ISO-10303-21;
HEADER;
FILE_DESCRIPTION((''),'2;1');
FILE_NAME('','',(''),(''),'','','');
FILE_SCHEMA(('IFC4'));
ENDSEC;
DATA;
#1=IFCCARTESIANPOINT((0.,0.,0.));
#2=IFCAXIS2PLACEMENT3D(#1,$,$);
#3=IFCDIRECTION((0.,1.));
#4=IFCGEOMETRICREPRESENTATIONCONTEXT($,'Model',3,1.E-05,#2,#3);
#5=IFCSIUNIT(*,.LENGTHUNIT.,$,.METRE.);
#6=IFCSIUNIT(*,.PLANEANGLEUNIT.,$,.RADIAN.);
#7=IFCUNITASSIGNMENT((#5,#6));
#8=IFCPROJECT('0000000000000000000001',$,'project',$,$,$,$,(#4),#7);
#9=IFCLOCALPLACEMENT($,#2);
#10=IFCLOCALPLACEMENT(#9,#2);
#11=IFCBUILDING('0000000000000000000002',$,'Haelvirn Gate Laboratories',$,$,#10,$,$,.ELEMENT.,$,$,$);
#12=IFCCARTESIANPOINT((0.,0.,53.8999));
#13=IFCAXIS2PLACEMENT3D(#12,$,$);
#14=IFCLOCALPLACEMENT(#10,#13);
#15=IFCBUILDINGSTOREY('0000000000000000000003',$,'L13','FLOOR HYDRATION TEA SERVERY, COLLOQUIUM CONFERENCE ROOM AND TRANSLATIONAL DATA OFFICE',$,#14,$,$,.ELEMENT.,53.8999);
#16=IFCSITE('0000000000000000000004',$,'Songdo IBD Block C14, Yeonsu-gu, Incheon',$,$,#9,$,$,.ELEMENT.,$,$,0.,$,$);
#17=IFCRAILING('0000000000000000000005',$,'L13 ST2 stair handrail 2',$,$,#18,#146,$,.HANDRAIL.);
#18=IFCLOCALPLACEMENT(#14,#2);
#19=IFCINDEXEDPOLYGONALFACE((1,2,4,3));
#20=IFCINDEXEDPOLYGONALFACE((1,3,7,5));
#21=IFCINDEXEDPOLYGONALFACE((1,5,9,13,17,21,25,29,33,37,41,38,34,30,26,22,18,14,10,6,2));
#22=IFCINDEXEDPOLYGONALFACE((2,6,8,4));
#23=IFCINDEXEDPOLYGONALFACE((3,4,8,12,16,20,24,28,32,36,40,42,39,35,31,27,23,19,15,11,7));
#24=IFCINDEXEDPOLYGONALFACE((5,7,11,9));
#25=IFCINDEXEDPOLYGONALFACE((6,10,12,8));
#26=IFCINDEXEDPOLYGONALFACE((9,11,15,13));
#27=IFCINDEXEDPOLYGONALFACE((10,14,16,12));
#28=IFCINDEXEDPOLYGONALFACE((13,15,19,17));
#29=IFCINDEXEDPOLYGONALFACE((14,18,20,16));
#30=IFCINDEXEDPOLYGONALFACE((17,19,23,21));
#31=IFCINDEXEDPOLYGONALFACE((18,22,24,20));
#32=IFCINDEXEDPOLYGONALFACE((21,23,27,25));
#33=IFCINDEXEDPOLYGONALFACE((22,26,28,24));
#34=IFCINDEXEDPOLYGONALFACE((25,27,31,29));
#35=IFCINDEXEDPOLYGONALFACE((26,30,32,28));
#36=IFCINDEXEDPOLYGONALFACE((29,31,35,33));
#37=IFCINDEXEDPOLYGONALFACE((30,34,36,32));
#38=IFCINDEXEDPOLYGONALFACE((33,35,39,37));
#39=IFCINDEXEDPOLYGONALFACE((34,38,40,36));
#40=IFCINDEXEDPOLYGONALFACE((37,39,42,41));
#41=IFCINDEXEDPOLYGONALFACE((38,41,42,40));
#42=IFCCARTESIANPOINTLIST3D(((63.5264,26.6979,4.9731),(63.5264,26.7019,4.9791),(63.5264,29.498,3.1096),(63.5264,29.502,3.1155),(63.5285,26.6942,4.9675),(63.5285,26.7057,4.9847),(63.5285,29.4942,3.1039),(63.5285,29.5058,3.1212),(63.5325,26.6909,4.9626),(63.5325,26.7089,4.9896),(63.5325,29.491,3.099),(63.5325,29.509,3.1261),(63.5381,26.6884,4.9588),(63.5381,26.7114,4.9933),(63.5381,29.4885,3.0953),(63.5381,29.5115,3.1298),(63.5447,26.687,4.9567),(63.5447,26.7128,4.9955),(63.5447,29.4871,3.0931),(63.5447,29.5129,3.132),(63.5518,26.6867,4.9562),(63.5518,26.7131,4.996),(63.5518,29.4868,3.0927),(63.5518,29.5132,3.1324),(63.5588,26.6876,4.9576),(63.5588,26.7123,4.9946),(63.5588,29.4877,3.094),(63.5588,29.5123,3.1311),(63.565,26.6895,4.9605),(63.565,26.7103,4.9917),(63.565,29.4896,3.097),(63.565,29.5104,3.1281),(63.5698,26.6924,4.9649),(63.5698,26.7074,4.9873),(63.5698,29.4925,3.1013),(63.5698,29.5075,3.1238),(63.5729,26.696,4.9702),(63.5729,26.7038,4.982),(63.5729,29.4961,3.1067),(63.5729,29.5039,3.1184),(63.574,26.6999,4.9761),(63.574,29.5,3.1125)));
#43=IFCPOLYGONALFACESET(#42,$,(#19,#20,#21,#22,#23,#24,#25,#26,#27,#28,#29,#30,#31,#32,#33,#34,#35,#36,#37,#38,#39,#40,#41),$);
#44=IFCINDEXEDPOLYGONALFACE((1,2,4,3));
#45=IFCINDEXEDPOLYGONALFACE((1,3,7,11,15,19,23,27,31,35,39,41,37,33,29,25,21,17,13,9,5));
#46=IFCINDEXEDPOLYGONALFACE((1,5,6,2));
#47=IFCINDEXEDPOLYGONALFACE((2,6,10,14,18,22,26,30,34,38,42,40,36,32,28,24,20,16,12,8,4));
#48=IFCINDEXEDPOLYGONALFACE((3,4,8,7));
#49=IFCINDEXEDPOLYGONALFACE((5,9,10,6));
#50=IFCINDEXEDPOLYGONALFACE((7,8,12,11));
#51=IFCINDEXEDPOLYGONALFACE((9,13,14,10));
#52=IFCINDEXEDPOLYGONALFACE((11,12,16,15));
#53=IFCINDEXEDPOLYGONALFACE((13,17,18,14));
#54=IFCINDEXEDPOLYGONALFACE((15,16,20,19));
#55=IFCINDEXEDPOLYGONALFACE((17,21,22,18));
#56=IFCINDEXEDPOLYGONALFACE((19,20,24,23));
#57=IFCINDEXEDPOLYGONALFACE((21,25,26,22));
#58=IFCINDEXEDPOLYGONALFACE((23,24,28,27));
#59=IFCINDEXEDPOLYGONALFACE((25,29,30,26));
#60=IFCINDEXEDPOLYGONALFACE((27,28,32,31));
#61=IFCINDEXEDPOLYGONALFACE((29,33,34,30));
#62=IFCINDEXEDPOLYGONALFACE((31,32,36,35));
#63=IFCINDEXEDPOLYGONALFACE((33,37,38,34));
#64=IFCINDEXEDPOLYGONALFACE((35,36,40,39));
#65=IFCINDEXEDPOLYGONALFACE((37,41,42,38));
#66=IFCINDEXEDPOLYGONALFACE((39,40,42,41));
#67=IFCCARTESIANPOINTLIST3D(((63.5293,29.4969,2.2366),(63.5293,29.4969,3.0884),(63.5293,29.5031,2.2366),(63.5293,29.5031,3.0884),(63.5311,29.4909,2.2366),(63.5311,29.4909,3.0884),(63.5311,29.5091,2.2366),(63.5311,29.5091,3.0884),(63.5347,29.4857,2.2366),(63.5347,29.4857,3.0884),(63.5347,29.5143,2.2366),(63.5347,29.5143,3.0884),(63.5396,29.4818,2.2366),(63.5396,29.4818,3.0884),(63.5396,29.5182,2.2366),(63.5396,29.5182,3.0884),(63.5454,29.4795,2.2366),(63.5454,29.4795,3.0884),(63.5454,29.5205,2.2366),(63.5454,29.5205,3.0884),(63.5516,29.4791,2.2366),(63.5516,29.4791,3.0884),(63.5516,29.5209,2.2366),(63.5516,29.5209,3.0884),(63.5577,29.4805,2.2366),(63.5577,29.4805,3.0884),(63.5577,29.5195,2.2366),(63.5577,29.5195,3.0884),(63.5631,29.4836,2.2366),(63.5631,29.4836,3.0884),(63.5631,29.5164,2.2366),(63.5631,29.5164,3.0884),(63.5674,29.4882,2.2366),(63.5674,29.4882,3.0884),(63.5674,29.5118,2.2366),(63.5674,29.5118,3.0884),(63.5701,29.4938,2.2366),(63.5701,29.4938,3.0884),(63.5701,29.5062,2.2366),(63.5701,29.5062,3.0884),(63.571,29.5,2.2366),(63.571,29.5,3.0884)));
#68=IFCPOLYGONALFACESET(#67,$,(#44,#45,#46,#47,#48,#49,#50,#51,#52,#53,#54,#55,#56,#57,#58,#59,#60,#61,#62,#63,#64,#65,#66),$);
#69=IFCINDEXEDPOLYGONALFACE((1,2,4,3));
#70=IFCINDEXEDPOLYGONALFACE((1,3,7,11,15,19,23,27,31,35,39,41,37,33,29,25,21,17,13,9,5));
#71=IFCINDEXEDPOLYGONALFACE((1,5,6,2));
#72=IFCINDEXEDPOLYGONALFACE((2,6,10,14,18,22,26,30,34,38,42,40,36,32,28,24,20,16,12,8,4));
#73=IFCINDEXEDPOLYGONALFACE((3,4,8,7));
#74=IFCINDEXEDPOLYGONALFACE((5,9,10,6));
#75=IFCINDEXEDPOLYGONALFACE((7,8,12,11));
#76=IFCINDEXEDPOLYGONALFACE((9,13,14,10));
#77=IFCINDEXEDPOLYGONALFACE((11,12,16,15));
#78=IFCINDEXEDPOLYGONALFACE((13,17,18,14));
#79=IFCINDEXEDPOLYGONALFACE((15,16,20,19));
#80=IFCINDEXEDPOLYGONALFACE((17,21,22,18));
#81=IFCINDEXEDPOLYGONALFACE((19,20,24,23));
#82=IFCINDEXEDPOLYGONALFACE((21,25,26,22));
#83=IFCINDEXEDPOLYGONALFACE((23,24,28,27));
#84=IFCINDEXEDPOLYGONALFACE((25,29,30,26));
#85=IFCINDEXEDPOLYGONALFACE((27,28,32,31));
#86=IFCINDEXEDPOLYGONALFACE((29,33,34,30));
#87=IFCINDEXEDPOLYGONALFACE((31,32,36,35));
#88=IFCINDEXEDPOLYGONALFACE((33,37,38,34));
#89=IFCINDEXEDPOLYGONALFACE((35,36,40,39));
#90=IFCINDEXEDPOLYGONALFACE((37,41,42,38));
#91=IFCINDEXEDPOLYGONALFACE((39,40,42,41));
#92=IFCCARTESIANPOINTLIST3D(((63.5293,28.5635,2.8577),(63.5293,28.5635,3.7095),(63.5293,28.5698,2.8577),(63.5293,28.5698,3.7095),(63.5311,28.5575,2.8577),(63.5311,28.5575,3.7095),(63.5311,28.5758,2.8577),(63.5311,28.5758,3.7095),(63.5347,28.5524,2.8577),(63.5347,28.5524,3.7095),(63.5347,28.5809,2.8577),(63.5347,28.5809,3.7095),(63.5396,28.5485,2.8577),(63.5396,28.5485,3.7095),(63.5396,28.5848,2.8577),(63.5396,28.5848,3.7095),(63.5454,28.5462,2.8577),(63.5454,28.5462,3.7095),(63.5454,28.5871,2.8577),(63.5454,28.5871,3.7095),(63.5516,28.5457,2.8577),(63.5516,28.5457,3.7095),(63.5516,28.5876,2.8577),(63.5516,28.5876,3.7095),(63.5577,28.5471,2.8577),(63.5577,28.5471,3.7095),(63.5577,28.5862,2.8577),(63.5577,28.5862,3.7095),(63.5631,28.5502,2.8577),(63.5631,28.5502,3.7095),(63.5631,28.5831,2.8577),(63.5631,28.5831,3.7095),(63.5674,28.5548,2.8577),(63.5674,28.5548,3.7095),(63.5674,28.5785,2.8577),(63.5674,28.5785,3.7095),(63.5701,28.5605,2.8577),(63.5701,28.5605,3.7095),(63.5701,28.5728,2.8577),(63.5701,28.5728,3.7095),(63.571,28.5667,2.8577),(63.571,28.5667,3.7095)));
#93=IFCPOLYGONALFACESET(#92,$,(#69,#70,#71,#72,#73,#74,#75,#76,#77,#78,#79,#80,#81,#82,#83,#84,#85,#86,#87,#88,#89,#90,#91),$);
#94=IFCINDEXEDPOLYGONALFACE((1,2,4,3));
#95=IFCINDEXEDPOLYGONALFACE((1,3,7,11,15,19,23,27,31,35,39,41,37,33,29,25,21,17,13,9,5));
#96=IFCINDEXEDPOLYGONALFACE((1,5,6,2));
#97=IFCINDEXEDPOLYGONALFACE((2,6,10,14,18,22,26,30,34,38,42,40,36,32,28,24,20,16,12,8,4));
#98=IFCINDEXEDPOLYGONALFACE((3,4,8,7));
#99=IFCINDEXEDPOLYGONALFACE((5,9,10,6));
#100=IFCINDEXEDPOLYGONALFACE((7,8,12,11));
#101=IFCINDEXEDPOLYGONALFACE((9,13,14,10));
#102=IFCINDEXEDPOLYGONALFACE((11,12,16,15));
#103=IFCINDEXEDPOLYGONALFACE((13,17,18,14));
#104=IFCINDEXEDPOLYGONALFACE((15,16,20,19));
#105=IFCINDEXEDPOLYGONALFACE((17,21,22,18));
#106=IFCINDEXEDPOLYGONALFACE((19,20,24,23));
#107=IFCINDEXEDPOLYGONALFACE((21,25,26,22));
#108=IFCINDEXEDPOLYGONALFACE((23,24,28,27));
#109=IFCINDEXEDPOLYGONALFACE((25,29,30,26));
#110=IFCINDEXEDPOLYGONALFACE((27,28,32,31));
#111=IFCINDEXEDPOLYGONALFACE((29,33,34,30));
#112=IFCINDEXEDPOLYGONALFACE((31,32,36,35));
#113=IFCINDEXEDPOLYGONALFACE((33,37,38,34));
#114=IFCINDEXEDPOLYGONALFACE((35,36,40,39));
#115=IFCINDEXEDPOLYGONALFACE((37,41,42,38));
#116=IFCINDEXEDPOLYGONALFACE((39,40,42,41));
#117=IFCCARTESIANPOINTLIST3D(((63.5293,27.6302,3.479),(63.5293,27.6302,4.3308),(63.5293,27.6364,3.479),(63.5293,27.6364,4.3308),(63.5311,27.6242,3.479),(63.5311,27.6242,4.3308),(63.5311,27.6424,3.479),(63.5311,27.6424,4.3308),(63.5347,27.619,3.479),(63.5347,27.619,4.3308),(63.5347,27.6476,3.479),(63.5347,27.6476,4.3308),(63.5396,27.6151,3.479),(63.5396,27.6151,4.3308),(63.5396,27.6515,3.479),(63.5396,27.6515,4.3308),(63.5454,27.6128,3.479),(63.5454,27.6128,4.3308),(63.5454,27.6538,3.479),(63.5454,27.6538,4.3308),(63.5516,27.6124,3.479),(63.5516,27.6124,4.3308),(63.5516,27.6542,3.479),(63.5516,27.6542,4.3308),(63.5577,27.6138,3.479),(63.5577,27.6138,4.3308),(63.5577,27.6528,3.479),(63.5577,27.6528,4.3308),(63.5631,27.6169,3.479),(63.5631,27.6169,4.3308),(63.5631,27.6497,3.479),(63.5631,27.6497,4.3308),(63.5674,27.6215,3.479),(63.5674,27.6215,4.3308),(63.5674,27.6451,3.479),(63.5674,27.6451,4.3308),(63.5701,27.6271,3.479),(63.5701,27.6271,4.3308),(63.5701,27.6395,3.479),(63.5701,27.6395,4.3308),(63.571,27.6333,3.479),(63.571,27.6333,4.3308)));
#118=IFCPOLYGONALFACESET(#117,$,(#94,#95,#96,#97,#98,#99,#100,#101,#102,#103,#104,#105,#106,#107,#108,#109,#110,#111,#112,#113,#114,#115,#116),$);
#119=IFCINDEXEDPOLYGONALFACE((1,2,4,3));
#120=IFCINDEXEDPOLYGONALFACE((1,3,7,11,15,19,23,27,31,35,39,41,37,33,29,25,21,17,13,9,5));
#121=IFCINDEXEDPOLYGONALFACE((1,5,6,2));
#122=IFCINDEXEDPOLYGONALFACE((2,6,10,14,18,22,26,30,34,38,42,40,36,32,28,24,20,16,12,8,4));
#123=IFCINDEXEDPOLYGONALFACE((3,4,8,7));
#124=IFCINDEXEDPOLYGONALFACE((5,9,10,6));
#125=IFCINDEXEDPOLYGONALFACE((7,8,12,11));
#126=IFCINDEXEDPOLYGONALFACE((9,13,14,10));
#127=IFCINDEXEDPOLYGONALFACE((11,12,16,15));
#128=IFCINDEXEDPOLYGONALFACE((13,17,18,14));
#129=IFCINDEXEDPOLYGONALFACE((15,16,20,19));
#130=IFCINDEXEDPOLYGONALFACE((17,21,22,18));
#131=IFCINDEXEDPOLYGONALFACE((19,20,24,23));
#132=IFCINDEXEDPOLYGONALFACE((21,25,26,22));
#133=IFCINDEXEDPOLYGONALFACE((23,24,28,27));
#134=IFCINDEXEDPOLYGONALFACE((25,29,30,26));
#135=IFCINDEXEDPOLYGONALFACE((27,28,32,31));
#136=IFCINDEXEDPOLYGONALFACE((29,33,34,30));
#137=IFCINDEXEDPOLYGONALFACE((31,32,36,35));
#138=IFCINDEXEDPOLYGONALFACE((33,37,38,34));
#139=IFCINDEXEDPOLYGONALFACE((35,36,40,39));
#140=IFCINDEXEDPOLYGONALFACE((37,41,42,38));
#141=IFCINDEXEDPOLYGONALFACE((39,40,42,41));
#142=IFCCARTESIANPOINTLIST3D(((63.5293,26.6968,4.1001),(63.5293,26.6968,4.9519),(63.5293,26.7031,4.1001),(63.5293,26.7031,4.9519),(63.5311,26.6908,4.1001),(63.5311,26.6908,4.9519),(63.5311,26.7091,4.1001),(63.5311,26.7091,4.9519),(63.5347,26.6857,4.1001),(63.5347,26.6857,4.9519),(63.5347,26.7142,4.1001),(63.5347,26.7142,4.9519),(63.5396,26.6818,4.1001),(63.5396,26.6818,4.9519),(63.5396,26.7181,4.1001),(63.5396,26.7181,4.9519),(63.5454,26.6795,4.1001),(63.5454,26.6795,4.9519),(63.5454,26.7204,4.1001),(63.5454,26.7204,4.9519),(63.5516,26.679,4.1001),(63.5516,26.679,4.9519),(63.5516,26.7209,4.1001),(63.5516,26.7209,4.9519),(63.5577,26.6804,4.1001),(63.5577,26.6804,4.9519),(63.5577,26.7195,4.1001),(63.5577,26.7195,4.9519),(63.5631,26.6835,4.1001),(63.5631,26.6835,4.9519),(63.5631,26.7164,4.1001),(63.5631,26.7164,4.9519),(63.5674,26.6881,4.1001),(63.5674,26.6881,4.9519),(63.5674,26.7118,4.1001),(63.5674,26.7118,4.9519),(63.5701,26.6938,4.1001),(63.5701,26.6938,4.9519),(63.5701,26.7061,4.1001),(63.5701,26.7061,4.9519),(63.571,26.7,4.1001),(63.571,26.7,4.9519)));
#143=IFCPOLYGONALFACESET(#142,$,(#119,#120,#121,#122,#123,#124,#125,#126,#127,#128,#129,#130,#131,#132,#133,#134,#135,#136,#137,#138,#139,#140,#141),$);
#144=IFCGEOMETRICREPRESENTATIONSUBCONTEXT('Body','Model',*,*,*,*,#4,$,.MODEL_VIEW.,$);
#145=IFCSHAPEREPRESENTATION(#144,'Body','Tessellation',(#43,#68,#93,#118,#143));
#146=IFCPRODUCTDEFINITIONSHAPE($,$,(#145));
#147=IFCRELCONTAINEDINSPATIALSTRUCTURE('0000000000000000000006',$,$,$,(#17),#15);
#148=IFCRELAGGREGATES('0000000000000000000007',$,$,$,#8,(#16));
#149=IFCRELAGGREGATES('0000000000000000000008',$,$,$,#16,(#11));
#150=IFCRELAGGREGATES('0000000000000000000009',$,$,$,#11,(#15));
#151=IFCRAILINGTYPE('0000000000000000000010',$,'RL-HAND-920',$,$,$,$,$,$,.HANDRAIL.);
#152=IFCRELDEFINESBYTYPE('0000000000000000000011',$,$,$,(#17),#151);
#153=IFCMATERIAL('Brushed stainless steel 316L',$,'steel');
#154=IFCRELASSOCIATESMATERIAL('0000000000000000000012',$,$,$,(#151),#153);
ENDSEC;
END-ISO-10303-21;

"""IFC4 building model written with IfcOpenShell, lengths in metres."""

from ifc_helpers import new_model, si_unit, direction, frame, origin, origin_2d, place, context, subcontext, project, spatial, circle, extrude, source, transform, mapped, material, type_object, element, save


model = new_model("IFC4")

# Units and contexts
model_context = context("Model", 3, precision=1e-05, world=origin(), true_north=direction((0.0, 1.0)))
body_context = subcontext(model_context, "Body", "Model", "MODEL_VIEW")
ifc_project = project(units=[si_unit("LENGTHUNIT", "METRE"), si_unit("PLANEANGLEUNIT", "RADIAN")], contexts=[model_context])

# Site, building, storey
site_placement = place(None, origin())
site = spatial("IfcSite", under=ifc_project, at=site_placement, Name="Songdo IBD Block C14, Yeonsu-gu, Incheon", CompositionType="ELEMENT", RefElevation=0.0)
building_placement = place(site_placement, origin())
building = spatial("IfcBuilding", under=site, at=building_placement, Name="Haelvirn Gate Laboratories", CompositionType="ELEMENT")
storey_placement = place(building_placement, frame((0.0, 0.0, 53.8999)))
storey = spatial("IfcBuildingStorey", under=building, at=storey_placement, Name="L13", Description="FLOOR HYDRATION TEA SERVERY, COLLOQUIUM CONFERENCE ROOM AND TRANSLATIONAL DATA OFFICE", CompositionType="ELEMENT", Elevation=53.8999)

# Railing
ifc_material_1 = material(Name="Brushed stainless steel 316L", Category="steel")
railing_type_1 = type_object("IfcRailingType", Name="RL-HAND-920", PredefinedType="HANDRAIL", material=ifc_material_1)
shared_shape_1 = source(origin(), body_context, "Body", "SweptSolid", [
    extrude(circle(Radius=0.0239, at=origin_2d()), frame((0.0, 0.0, 0.876), z_axis=(0.0, -0.832486, 0.554047), x_axis=(1.0, 0.0, 0.0)), (0.0, 0.0, 1.0), 3.3635),
    extrude(circle(Radius=0.021, at=origin_2d()), origin(), (0.0, 0.0, 1.0), 0.8518),
    extrude(circle(Radius=0.021, at=origin_2d()), frame((0.0, -0.9333, 0.6211)), (0.0, 0.0, 1.0), 0.8518),
    extrude(circle(Radius=0.021, at=origin_2d()), frame((0.0, -1.8667, 1.2424)), (0.0, 0.0, 1.0), 0.8518),
    extrude(circle(Radius=0.021, at=origin_2d()), frame((0.0, -2.8, 1.8635)), (0.0, 0.0, 1.0), 0.8518),
])
railing_1_placement = place(storey_placement, frame((63.55, 29.5, 2.2366)))
element("IfcRailing", 1, at=railing_1_placement, inside=storey, type_object=railing_type_1, Name="L13 ST2 stair handrail 2", PredefinedType="HANDRAIL", context=body_context, shape_type="MappedRepresentation", body=[
    mapped(shared_shape_1, transform((0.0, 0.0, 0.0), scale=1.0)),
])

save(model, "model.ifc")
